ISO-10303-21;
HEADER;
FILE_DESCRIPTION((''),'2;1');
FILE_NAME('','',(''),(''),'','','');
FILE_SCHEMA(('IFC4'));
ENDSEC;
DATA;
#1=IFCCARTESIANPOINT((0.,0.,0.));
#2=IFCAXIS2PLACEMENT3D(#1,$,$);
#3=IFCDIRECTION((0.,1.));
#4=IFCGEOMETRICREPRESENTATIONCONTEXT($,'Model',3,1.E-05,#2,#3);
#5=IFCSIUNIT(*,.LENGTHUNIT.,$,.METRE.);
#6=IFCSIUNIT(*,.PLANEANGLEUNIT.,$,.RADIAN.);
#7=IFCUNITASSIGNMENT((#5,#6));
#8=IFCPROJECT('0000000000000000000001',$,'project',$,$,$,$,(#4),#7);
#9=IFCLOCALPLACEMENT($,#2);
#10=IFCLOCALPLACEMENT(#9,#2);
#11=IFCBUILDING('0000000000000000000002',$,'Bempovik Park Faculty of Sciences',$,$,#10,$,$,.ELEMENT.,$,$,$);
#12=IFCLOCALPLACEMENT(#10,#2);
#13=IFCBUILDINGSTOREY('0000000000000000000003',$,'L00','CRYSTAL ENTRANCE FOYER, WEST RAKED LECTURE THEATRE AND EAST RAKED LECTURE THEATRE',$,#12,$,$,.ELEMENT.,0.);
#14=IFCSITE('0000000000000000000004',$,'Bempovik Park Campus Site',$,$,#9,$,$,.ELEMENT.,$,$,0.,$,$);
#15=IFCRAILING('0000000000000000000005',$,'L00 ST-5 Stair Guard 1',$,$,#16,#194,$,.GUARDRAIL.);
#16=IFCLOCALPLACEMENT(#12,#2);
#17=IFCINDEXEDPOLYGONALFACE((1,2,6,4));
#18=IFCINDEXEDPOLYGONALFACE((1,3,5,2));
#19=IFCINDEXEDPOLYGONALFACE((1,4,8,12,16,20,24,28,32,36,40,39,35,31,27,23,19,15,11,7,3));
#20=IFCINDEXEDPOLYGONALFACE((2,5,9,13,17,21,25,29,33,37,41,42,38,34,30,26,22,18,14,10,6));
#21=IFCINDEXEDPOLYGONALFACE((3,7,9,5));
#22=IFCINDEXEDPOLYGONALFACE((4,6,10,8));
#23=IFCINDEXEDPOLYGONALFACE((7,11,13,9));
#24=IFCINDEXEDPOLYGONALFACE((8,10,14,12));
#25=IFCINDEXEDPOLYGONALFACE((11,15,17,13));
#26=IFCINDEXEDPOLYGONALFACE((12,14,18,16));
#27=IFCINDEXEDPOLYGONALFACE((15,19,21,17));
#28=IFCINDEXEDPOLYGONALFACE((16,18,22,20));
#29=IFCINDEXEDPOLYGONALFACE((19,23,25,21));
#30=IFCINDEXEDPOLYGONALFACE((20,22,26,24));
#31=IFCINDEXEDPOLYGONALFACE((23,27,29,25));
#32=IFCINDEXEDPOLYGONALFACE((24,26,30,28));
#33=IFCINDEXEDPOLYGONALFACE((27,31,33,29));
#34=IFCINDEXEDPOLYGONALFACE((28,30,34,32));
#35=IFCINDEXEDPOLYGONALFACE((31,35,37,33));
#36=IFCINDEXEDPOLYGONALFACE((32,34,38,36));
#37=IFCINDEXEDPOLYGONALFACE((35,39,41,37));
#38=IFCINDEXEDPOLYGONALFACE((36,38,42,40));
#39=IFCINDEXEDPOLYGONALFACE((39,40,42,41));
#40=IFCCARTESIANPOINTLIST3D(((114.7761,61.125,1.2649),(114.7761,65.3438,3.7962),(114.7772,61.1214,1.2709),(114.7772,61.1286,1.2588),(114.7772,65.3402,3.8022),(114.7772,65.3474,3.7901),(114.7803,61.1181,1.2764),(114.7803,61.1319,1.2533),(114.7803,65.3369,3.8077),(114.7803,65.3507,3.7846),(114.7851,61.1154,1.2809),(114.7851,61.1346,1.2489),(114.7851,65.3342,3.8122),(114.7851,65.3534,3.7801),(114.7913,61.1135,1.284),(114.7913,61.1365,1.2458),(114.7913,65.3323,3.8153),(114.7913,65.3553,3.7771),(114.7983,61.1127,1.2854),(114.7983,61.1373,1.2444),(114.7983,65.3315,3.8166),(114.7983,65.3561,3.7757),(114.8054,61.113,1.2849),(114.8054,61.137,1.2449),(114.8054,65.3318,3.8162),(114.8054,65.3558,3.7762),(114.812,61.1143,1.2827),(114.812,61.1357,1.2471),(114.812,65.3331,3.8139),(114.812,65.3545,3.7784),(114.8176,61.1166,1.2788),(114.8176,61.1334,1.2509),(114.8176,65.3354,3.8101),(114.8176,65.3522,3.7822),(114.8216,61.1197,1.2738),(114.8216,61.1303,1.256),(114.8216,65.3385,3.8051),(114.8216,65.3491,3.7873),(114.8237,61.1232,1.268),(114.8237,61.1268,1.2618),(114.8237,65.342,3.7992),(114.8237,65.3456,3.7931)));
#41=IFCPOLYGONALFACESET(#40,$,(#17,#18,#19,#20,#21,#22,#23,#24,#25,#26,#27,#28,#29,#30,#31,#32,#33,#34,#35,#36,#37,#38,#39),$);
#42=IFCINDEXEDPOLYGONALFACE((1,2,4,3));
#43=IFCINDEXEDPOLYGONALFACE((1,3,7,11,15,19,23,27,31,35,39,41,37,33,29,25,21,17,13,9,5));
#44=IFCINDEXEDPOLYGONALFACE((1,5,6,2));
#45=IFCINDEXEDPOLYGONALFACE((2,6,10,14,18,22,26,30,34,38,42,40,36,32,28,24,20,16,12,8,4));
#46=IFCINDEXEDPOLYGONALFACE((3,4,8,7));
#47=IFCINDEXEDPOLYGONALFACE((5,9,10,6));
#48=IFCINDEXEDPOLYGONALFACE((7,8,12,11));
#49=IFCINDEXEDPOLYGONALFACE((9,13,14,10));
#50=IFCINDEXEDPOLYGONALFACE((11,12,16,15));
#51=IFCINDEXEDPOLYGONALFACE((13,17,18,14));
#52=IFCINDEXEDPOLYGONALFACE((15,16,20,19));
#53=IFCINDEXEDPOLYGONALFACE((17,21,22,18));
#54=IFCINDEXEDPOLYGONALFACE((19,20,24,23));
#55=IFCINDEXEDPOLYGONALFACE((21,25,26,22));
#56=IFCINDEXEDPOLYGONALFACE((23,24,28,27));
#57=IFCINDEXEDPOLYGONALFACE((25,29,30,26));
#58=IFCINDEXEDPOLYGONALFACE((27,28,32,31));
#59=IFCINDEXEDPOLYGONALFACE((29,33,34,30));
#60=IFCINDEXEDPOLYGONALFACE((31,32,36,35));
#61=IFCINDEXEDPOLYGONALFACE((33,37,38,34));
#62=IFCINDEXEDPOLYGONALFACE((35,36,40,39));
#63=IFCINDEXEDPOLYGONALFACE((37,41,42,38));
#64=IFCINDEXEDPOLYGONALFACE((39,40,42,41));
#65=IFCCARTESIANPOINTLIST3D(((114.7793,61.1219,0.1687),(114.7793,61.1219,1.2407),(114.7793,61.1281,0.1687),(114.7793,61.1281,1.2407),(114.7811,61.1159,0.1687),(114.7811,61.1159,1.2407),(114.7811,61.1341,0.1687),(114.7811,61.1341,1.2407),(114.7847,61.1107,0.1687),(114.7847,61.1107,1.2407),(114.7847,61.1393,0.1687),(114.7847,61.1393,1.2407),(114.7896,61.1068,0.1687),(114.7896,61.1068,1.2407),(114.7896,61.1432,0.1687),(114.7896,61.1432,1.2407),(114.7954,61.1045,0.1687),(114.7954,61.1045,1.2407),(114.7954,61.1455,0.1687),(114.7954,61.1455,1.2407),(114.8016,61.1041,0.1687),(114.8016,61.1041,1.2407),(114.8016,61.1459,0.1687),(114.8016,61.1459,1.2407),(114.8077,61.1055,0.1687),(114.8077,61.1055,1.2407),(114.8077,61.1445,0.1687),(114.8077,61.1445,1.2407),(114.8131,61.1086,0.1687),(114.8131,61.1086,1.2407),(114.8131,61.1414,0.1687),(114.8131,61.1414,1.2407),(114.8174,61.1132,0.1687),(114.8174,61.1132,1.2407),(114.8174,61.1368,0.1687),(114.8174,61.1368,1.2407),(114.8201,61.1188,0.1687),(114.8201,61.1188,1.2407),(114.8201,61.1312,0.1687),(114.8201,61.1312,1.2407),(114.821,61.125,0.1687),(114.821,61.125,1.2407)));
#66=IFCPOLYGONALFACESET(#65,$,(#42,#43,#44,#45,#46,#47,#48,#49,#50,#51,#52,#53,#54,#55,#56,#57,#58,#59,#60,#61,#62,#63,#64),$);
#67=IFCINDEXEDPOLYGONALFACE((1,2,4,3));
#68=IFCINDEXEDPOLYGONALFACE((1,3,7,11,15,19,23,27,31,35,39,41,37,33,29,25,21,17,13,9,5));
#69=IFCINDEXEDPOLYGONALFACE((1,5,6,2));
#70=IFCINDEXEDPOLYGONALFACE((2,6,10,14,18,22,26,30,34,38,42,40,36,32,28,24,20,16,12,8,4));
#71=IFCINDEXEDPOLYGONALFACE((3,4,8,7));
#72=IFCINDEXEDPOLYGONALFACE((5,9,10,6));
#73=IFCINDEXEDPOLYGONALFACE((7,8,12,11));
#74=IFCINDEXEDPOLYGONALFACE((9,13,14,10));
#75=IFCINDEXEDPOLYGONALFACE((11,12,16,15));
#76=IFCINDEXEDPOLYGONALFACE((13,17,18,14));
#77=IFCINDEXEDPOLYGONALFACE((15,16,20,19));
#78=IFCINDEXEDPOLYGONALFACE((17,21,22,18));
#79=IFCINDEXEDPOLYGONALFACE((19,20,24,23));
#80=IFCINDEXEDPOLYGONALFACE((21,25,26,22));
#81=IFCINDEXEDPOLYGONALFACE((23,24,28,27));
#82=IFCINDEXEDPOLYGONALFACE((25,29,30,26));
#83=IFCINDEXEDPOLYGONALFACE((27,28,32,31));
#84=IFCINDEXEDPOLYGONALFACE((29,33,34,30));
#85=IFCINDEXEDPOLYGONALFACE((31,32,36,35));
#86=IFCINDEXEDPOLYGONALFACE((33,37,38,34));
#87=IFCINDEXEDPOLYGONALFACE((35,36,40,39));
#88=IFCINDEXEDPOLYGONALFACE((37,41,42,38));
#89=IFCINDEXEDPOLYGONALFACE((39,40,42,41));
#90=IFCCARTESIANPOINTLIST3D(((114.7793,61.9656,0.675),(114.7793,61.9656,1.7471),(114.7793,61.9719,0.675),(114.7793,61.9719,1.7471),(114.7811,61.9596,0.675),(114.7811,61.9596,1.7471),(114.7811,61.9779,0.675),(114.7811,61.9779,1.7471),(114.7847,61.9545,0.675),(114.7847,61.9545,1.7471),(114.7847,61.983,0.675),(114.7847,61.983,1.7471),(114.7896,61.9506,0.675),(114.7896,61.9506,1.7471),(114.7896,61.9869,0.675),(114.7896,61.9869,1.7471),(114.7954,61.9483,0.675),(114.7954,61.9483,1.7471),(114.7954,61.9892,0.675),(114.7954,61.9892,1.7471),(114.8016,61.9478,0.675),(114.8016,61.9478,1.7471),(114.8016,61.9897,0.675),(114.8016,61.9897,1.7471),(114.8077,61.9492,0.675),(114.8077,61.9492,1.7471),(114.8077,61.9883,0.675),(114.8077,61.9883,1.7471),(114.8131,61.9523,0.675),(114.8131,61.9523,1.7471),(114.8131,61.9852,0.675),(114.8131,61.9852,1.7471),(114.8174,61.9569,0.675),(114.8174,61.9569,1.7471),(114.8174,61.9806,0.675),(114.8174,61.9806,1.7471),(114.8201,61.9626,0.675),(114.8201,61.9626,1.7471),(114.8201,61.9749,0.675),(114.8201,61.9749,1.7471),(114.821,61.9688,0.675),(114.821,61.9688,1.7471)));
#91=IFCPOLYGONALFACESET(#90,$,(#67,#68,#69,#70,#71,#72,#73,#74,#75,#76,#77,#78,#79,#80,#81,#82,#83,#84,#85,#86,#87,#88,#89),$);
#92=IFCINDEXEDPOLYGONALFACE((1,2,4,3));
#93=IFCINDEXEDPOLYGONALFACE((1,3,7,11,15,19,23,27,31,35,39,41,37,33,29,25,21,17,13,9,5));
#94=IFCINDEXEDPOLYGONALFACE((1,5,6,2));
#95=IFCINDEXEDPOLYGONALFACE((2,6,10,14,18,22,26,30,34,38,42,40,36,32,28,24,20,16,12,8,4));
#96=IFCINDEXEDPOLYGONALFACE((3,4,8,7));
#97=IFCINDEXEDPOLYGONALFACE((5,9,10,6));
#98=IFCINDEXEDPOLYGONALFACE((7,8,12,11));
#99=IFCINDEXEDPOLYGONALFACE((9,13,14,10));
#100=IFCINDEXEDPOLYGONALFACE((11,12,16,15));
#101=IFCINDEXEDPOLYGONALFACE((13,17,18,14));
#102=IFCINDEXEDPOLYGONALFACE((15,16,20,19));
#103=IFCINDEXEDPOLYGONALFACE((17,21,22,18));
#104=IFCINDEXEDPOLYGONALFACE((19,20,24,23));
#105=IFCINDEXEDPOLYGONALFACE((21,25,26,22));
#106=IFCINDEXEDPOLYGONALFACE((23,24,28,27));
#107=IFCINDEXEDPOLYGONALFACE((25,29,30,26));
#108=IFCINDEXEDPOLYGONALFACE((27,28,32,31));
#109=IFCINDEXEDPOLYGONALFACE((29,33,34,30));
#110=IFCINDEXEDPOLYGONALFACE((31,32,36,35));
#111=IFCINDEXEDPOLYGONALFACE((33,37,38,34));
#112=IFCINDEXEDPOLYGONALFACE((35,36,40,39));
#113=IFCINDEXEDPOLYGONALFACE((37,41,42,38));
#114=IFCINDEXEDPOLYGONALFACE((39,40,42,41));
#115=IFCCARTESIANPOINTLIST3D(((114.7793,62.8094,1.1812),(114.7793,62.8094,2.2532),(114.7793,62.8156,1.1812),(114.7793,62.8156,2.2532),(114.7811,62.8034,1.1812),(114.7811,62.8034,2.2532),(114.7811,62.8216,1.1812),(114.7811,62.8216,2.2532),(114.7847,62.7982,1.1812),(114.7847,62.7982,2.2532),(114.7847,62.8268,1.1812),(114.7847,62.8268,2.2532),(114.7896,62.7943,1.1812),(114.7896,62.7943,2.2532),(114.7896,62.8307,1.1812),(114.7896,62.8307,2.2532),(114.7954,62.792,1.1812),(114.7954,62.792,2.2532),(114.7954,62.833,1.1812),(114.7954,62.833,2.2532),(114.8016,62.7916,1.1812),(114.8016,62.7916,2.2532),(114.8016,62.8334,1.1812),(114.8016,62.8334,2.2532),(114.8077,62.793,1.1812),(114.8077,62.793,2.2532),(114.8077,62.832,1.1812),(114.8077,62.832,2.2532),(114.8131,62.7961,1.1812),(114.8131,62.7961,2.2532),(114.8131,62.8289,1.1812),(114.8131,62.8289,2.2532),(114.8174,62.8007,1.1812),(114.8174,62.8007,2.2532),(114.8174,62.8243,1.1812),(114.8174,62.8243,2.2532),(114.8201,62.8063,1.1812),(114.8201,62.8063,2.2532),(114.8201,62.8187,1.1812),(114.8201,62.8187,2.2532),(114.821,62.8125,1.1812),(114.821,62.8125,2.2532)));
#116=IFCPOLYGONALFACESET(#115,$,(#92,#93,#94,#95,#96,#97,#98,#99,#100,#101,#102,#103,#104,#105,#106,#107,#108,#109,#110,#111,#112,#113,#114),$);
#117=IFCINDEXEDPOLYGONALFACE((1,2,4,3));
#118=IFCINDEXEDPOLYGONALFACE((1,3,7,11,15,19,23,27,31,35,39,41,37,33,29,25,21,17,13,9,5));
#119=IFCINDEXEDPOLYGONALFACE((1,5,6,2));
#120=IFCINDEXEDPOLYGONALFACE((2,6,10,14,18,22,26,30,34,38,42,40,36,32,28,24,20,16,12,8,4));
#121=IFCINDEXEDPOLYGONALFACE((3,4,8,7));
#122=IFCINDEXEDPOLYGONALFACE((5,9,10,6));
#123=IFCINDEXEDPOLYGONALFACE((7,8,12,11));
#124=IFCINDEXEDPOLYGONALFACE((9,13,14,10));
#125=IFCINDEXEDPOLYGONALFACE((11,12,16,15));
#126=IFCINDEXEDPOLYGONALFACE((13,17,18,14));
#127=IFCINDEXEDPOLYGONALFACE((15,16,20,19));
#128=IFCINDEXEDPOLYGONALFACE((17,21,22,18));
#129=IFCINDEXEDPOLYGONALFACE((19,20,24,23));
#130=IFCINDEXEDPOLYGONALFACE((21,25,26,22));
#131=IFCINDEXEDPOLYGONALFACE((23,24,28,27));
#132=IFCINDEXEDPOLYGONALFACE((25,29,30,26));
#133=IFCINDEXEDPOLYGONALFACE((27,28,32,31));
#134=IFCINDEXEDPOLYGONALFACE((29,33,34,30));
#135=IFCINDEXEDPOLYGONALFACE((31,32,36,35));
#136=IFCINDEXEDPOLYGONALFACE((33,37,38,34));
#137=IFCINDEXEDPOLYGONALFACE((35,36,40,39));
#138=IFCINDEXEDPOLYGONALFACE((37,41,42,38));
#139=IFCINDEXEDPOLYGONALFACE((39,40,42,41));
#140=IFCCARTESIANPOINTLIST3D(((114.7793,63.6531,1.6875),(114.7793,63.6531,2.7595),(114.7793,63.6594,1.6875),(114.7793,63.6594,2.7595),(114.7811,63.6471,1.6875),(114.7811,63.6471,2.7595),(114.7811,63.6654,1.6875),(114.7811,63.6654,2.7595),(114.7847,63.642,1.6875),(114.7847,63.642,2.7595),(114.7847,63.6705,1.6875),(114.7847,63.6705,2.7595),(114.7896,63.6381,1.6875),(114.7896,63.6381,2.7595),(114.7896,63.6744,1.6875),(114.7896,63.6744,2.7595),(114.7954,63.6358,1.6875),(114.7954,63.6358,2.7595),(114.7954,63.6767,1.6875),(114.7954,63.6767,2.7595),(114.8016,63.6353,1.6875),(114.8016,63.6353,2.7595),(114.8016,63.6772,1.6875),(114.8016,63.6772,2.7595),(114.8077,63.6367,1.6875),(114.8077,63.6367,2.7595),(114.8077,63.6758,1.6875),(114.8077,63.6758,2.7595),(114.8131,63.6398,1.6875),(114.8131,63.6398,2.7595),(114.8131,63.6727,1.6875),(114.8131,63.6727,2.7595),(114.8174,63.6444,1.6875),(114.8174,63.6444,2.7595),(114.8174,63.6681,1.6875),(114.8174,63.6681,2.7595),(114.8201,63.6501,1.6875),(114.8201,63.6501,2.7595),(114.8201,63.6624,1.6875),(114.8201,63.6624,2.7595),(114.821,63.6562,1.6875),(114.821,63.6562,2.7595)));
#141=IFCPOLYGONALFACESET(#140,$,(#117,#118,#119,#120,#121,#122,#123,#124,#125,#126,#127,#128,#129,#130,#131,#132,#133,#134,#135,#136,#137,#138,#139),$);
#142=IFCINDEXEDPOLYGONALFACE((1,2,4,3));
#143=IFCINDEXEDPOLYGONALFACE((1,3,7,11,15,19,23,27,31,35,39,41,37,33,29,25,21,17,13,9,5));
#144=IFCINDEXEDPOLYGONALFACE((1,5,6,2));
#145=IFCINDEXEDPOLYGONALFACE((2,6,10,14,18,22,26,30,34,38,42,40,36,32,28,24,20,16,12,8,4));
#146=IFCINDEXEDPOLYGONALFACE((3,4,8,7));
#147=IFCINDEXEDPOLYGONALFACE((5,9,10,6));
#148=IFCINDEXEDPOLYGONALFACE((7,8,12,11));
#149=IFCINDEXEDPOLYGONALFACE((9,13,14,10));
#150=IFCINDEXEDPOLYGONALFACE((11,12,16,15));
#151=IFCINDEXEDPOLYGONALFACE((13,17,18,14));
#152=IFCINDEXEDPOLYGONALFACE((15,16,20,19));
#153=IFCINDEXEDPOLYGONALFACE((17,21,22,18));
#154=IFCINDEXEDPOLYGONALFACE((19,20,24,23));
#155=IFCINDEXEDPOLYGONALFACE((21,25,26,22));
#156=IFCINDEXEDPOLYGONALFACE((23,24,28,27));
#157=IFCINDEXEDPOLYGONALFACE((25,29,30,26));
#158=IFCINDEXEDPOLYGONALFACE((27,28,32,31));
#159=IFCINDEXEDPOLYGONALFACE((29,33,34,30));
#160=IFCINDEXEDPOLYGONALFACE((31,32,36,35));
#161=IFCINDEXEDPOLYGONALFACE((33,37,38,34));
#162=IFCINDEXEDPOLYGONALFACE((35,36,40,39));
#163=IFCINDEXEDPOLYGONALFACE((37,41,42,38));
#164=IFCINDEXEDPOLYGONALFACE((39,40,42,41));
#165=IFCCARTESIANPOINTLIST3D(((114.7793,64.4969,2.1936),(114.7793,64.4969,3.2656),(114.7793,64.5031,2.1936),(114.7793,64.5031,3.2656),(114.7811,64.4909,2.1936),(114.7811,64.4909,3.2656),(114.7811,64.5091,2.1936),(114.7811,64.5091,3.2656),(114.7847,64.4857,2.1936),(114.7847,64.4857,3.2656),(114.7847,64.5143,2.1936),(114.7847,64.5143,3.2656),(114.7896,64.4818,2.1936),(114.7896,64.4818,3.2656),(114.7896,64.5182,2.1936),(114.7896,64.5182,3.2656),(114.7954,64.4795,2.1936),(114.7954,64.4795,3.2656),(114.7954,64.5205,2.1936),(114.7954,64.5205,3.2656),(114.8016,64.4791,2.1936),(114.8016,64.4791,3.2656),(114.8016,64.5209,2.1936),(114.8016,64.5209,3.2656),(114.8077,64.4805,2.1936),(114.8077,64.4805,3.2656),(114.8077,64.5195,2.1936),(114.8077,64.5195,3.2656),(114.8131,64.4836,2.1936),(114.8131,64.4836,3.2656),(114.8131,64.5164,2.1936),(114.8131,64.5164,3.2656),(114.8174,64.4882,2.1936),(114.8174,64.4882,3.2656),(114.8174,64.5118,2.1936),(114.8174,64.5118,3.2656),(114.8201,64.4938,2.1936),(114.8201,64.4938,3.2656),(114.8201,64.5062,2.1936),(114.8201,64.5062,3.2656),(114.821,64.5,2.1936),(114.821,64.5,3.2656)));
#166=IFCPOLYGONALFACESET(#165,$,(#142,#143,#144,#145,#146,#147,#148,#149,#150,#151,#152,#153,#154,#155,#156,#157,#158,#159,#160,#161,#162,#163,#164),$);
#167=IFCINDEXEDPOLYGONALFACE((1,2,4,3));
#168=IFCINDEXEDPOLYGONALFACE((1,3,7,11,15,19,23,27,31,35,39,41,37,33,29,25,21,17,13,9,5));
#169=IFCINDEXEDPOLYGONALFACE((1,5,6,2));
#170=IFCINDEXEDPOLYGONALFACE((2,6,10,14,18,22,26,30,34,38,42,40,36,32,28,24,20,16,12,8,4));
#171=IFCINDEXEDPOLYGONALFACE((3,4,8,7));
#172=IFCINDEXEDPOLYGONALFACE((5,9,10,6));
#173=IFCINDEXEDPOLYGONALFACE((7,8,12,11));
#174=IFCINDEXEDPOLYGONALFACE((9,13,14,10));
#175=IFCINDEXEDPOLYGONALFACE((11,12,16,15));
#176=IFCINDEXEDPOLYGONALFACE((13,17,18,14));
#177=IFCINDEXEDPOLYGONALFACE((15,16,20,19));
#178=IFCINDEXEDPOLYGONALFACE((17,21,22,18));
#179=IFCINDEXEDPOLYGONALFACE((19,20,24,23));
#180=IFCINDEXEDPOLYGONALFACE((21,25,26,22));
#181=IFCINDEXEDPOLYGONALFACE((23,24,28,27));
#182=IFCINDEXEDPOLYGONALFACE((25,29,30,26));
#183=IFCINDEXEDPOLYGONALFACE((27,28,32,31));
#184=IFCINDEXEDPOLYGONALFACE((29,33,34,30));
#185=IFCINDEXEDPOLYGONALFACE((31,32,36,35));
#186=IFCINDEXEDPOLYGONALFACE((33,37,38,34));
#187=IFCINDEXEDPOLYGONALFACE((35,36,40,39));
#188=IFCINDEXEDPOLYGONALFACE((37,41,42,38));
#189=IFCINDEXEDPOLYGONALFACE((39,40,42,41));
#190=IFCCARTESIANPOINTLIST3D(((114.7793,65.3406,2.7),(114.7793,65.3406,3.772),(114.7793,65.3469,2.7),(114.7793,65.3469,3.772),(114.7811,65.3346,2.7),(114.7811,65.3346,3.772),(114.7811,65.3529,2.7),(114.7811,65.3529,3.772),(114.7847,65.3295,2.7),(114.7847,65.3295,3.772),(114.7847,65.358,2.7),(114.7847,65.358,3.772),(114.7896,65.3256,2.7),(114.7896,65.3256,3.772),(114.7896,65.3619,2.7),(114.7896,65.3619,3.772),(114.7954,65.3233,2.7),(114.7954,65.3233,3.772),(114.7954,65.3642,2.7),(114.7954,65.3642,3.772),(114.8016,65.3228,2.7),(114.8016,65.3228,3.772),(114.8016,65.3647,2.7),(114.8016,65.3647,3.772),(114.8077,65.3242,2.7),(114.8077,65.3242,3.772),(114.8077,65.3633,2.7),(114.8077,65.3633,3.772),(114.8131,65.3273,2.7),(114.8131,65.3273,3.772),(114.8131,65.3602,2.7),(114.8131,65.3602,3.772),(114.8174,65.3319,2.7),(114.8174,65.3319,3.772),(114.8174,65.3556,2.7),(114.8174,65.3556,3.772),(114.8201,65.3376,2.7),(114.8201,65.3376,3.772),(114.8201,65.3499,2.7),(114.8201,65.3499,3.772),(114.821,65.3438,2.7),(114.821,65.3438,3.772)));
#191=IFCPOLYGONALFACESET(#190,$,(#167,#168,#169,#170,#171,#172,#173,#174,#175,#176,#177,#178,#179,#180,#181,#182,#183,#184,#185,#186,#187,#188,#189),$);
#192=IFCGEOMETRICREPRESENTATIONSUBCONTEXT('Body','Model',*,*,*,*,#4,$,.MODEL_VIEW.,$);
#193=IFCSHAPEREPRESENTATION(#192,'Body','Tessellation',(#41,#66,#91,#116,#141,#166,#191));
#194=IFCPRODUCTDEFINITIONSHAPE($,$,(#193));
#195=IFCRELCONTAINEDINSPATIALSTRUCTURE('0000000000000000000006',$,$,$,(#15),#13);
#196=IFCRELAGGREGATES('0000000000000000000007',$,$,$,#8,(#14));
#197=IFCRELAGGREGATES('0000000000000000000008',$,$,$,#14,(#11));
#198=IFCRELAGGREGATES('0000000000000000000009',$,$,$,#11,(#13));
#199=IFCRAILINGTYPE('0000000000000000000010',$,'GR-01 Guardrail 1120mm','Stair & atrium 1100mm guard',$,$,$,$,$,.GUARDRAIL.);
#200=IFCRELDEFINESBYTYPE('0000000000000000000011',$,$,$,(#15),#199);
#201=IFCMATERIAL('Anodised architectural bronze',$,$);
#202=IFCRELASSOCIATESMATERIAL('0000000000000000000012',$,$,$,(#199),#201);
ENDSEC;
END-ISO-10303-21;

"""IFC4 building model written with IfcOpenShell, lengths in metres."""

from ifc_helpers import new_model, si_unit, direction, frame, origin, origin_2d, place, context, subcontext, project, spatial, circle, extrude, material, type_object, element, save


model = new_model("IFC4")

# Units and contexts
model_context = context("Model", 3, precision=1e-05, world=origin(), true_north=direction((0.0, 1.0)))
body_context = subcontext(model_context, "Body", "Model", "MODEL_VIEW")
ifc_project = project(units=[si_unit("LENGTHUNIT", "METRE"), si_unit("PLANEANGLEUNIT", "RADIAN")], contexts=[model_context])

# Site, building, storey
site_placement = place(None, origin())
site = spatial("IfcSite", under=ifc_project, at=site_placement, Name="Bempovik Park Campus Site", CompositionType="ELEMENT", RefElevation=0.0)
building_placement = place(site_placement, origin())
building = spatial("IfcBuilding", under=site, at=building_placement, Name="Bempovik Park Faculty of Sciences", CompositionType="ELEMENT")
storey_placement = place(building_placement, origin())
storey = spatial("IfcBuildingStorey", under=building, at=storey_placement, Name="L00", Description="CRYSTAL ENTRANCE FOYER, WEST RAKED LECTURE THEATRE AND EAST RAKED LECTURE THEATRE", CompositionType="ELEMENT", Elevation=0.0)

# Railing
ifc_material_1 = material(Name="Anodised architectural bronze")
railing_type = type_object("IfcRailingType", Name="GR-01 Guardrail 1120mm", Description="Stair & atrium 1100mm guard", PredefinedType="GUARDRAIL", material=ifc_material_1)
railing_1_placement = place(storey_placement, frame((114.8, 61.125, 0.1687)))
element("IfcRailing", 1, at=railing_1_placement, inside=storey, type_object=railing_type, Name="L00 ST-5 Stair Guard 1", PredefinedType="GUARDRAIL", context=body_context, shape_type="SweptSolid", body=[
    extrude(circle(Radius=0.0239, at=origin_2d()), frame((0.0, 0.0, 1.0962), z_axis=(0.0, 0.857493, 0.514496), x_axis=(-1.0, 0.0, 0.0)), (0.0, 0.0, 1.0), 4.9199),
    extrude(circle(Radius=0.021, at=origin_2d()), origin(), (0.0, 0.0, 1.0), 1.072),
    extrude(circle(Radius=0.021, at=origin_2d()), frame((0.0, 0.8438, 0.5063)), (0.0, 0.0, 1.0), 1.072),
    extrude(circle(Radius=0.021, at=origin_2d()), frame((0.0, 1.6875, 1.0125)), (0.0, 0.0, 1.0), 1.072),
    extrude(circle(Radius=0.021, at=origin_2d()), frame((0.0, 2.5312, 1.5188)), (0.0, 0.0, 1.0), 1.072),
    extrude(circle(Radius=0.021, at=origin_2d()), frame((0.0, 3.375, 2.0249)), (0.0, 0.0, 1.0), 1.072),
    extrude(circle(Radius=0.021, at=origin_2d()), frame((0.0, 4.2188, 2.5312)), (0.0, 0.0, 1.0), 1.072),
])

save(model, "model.ifc")
